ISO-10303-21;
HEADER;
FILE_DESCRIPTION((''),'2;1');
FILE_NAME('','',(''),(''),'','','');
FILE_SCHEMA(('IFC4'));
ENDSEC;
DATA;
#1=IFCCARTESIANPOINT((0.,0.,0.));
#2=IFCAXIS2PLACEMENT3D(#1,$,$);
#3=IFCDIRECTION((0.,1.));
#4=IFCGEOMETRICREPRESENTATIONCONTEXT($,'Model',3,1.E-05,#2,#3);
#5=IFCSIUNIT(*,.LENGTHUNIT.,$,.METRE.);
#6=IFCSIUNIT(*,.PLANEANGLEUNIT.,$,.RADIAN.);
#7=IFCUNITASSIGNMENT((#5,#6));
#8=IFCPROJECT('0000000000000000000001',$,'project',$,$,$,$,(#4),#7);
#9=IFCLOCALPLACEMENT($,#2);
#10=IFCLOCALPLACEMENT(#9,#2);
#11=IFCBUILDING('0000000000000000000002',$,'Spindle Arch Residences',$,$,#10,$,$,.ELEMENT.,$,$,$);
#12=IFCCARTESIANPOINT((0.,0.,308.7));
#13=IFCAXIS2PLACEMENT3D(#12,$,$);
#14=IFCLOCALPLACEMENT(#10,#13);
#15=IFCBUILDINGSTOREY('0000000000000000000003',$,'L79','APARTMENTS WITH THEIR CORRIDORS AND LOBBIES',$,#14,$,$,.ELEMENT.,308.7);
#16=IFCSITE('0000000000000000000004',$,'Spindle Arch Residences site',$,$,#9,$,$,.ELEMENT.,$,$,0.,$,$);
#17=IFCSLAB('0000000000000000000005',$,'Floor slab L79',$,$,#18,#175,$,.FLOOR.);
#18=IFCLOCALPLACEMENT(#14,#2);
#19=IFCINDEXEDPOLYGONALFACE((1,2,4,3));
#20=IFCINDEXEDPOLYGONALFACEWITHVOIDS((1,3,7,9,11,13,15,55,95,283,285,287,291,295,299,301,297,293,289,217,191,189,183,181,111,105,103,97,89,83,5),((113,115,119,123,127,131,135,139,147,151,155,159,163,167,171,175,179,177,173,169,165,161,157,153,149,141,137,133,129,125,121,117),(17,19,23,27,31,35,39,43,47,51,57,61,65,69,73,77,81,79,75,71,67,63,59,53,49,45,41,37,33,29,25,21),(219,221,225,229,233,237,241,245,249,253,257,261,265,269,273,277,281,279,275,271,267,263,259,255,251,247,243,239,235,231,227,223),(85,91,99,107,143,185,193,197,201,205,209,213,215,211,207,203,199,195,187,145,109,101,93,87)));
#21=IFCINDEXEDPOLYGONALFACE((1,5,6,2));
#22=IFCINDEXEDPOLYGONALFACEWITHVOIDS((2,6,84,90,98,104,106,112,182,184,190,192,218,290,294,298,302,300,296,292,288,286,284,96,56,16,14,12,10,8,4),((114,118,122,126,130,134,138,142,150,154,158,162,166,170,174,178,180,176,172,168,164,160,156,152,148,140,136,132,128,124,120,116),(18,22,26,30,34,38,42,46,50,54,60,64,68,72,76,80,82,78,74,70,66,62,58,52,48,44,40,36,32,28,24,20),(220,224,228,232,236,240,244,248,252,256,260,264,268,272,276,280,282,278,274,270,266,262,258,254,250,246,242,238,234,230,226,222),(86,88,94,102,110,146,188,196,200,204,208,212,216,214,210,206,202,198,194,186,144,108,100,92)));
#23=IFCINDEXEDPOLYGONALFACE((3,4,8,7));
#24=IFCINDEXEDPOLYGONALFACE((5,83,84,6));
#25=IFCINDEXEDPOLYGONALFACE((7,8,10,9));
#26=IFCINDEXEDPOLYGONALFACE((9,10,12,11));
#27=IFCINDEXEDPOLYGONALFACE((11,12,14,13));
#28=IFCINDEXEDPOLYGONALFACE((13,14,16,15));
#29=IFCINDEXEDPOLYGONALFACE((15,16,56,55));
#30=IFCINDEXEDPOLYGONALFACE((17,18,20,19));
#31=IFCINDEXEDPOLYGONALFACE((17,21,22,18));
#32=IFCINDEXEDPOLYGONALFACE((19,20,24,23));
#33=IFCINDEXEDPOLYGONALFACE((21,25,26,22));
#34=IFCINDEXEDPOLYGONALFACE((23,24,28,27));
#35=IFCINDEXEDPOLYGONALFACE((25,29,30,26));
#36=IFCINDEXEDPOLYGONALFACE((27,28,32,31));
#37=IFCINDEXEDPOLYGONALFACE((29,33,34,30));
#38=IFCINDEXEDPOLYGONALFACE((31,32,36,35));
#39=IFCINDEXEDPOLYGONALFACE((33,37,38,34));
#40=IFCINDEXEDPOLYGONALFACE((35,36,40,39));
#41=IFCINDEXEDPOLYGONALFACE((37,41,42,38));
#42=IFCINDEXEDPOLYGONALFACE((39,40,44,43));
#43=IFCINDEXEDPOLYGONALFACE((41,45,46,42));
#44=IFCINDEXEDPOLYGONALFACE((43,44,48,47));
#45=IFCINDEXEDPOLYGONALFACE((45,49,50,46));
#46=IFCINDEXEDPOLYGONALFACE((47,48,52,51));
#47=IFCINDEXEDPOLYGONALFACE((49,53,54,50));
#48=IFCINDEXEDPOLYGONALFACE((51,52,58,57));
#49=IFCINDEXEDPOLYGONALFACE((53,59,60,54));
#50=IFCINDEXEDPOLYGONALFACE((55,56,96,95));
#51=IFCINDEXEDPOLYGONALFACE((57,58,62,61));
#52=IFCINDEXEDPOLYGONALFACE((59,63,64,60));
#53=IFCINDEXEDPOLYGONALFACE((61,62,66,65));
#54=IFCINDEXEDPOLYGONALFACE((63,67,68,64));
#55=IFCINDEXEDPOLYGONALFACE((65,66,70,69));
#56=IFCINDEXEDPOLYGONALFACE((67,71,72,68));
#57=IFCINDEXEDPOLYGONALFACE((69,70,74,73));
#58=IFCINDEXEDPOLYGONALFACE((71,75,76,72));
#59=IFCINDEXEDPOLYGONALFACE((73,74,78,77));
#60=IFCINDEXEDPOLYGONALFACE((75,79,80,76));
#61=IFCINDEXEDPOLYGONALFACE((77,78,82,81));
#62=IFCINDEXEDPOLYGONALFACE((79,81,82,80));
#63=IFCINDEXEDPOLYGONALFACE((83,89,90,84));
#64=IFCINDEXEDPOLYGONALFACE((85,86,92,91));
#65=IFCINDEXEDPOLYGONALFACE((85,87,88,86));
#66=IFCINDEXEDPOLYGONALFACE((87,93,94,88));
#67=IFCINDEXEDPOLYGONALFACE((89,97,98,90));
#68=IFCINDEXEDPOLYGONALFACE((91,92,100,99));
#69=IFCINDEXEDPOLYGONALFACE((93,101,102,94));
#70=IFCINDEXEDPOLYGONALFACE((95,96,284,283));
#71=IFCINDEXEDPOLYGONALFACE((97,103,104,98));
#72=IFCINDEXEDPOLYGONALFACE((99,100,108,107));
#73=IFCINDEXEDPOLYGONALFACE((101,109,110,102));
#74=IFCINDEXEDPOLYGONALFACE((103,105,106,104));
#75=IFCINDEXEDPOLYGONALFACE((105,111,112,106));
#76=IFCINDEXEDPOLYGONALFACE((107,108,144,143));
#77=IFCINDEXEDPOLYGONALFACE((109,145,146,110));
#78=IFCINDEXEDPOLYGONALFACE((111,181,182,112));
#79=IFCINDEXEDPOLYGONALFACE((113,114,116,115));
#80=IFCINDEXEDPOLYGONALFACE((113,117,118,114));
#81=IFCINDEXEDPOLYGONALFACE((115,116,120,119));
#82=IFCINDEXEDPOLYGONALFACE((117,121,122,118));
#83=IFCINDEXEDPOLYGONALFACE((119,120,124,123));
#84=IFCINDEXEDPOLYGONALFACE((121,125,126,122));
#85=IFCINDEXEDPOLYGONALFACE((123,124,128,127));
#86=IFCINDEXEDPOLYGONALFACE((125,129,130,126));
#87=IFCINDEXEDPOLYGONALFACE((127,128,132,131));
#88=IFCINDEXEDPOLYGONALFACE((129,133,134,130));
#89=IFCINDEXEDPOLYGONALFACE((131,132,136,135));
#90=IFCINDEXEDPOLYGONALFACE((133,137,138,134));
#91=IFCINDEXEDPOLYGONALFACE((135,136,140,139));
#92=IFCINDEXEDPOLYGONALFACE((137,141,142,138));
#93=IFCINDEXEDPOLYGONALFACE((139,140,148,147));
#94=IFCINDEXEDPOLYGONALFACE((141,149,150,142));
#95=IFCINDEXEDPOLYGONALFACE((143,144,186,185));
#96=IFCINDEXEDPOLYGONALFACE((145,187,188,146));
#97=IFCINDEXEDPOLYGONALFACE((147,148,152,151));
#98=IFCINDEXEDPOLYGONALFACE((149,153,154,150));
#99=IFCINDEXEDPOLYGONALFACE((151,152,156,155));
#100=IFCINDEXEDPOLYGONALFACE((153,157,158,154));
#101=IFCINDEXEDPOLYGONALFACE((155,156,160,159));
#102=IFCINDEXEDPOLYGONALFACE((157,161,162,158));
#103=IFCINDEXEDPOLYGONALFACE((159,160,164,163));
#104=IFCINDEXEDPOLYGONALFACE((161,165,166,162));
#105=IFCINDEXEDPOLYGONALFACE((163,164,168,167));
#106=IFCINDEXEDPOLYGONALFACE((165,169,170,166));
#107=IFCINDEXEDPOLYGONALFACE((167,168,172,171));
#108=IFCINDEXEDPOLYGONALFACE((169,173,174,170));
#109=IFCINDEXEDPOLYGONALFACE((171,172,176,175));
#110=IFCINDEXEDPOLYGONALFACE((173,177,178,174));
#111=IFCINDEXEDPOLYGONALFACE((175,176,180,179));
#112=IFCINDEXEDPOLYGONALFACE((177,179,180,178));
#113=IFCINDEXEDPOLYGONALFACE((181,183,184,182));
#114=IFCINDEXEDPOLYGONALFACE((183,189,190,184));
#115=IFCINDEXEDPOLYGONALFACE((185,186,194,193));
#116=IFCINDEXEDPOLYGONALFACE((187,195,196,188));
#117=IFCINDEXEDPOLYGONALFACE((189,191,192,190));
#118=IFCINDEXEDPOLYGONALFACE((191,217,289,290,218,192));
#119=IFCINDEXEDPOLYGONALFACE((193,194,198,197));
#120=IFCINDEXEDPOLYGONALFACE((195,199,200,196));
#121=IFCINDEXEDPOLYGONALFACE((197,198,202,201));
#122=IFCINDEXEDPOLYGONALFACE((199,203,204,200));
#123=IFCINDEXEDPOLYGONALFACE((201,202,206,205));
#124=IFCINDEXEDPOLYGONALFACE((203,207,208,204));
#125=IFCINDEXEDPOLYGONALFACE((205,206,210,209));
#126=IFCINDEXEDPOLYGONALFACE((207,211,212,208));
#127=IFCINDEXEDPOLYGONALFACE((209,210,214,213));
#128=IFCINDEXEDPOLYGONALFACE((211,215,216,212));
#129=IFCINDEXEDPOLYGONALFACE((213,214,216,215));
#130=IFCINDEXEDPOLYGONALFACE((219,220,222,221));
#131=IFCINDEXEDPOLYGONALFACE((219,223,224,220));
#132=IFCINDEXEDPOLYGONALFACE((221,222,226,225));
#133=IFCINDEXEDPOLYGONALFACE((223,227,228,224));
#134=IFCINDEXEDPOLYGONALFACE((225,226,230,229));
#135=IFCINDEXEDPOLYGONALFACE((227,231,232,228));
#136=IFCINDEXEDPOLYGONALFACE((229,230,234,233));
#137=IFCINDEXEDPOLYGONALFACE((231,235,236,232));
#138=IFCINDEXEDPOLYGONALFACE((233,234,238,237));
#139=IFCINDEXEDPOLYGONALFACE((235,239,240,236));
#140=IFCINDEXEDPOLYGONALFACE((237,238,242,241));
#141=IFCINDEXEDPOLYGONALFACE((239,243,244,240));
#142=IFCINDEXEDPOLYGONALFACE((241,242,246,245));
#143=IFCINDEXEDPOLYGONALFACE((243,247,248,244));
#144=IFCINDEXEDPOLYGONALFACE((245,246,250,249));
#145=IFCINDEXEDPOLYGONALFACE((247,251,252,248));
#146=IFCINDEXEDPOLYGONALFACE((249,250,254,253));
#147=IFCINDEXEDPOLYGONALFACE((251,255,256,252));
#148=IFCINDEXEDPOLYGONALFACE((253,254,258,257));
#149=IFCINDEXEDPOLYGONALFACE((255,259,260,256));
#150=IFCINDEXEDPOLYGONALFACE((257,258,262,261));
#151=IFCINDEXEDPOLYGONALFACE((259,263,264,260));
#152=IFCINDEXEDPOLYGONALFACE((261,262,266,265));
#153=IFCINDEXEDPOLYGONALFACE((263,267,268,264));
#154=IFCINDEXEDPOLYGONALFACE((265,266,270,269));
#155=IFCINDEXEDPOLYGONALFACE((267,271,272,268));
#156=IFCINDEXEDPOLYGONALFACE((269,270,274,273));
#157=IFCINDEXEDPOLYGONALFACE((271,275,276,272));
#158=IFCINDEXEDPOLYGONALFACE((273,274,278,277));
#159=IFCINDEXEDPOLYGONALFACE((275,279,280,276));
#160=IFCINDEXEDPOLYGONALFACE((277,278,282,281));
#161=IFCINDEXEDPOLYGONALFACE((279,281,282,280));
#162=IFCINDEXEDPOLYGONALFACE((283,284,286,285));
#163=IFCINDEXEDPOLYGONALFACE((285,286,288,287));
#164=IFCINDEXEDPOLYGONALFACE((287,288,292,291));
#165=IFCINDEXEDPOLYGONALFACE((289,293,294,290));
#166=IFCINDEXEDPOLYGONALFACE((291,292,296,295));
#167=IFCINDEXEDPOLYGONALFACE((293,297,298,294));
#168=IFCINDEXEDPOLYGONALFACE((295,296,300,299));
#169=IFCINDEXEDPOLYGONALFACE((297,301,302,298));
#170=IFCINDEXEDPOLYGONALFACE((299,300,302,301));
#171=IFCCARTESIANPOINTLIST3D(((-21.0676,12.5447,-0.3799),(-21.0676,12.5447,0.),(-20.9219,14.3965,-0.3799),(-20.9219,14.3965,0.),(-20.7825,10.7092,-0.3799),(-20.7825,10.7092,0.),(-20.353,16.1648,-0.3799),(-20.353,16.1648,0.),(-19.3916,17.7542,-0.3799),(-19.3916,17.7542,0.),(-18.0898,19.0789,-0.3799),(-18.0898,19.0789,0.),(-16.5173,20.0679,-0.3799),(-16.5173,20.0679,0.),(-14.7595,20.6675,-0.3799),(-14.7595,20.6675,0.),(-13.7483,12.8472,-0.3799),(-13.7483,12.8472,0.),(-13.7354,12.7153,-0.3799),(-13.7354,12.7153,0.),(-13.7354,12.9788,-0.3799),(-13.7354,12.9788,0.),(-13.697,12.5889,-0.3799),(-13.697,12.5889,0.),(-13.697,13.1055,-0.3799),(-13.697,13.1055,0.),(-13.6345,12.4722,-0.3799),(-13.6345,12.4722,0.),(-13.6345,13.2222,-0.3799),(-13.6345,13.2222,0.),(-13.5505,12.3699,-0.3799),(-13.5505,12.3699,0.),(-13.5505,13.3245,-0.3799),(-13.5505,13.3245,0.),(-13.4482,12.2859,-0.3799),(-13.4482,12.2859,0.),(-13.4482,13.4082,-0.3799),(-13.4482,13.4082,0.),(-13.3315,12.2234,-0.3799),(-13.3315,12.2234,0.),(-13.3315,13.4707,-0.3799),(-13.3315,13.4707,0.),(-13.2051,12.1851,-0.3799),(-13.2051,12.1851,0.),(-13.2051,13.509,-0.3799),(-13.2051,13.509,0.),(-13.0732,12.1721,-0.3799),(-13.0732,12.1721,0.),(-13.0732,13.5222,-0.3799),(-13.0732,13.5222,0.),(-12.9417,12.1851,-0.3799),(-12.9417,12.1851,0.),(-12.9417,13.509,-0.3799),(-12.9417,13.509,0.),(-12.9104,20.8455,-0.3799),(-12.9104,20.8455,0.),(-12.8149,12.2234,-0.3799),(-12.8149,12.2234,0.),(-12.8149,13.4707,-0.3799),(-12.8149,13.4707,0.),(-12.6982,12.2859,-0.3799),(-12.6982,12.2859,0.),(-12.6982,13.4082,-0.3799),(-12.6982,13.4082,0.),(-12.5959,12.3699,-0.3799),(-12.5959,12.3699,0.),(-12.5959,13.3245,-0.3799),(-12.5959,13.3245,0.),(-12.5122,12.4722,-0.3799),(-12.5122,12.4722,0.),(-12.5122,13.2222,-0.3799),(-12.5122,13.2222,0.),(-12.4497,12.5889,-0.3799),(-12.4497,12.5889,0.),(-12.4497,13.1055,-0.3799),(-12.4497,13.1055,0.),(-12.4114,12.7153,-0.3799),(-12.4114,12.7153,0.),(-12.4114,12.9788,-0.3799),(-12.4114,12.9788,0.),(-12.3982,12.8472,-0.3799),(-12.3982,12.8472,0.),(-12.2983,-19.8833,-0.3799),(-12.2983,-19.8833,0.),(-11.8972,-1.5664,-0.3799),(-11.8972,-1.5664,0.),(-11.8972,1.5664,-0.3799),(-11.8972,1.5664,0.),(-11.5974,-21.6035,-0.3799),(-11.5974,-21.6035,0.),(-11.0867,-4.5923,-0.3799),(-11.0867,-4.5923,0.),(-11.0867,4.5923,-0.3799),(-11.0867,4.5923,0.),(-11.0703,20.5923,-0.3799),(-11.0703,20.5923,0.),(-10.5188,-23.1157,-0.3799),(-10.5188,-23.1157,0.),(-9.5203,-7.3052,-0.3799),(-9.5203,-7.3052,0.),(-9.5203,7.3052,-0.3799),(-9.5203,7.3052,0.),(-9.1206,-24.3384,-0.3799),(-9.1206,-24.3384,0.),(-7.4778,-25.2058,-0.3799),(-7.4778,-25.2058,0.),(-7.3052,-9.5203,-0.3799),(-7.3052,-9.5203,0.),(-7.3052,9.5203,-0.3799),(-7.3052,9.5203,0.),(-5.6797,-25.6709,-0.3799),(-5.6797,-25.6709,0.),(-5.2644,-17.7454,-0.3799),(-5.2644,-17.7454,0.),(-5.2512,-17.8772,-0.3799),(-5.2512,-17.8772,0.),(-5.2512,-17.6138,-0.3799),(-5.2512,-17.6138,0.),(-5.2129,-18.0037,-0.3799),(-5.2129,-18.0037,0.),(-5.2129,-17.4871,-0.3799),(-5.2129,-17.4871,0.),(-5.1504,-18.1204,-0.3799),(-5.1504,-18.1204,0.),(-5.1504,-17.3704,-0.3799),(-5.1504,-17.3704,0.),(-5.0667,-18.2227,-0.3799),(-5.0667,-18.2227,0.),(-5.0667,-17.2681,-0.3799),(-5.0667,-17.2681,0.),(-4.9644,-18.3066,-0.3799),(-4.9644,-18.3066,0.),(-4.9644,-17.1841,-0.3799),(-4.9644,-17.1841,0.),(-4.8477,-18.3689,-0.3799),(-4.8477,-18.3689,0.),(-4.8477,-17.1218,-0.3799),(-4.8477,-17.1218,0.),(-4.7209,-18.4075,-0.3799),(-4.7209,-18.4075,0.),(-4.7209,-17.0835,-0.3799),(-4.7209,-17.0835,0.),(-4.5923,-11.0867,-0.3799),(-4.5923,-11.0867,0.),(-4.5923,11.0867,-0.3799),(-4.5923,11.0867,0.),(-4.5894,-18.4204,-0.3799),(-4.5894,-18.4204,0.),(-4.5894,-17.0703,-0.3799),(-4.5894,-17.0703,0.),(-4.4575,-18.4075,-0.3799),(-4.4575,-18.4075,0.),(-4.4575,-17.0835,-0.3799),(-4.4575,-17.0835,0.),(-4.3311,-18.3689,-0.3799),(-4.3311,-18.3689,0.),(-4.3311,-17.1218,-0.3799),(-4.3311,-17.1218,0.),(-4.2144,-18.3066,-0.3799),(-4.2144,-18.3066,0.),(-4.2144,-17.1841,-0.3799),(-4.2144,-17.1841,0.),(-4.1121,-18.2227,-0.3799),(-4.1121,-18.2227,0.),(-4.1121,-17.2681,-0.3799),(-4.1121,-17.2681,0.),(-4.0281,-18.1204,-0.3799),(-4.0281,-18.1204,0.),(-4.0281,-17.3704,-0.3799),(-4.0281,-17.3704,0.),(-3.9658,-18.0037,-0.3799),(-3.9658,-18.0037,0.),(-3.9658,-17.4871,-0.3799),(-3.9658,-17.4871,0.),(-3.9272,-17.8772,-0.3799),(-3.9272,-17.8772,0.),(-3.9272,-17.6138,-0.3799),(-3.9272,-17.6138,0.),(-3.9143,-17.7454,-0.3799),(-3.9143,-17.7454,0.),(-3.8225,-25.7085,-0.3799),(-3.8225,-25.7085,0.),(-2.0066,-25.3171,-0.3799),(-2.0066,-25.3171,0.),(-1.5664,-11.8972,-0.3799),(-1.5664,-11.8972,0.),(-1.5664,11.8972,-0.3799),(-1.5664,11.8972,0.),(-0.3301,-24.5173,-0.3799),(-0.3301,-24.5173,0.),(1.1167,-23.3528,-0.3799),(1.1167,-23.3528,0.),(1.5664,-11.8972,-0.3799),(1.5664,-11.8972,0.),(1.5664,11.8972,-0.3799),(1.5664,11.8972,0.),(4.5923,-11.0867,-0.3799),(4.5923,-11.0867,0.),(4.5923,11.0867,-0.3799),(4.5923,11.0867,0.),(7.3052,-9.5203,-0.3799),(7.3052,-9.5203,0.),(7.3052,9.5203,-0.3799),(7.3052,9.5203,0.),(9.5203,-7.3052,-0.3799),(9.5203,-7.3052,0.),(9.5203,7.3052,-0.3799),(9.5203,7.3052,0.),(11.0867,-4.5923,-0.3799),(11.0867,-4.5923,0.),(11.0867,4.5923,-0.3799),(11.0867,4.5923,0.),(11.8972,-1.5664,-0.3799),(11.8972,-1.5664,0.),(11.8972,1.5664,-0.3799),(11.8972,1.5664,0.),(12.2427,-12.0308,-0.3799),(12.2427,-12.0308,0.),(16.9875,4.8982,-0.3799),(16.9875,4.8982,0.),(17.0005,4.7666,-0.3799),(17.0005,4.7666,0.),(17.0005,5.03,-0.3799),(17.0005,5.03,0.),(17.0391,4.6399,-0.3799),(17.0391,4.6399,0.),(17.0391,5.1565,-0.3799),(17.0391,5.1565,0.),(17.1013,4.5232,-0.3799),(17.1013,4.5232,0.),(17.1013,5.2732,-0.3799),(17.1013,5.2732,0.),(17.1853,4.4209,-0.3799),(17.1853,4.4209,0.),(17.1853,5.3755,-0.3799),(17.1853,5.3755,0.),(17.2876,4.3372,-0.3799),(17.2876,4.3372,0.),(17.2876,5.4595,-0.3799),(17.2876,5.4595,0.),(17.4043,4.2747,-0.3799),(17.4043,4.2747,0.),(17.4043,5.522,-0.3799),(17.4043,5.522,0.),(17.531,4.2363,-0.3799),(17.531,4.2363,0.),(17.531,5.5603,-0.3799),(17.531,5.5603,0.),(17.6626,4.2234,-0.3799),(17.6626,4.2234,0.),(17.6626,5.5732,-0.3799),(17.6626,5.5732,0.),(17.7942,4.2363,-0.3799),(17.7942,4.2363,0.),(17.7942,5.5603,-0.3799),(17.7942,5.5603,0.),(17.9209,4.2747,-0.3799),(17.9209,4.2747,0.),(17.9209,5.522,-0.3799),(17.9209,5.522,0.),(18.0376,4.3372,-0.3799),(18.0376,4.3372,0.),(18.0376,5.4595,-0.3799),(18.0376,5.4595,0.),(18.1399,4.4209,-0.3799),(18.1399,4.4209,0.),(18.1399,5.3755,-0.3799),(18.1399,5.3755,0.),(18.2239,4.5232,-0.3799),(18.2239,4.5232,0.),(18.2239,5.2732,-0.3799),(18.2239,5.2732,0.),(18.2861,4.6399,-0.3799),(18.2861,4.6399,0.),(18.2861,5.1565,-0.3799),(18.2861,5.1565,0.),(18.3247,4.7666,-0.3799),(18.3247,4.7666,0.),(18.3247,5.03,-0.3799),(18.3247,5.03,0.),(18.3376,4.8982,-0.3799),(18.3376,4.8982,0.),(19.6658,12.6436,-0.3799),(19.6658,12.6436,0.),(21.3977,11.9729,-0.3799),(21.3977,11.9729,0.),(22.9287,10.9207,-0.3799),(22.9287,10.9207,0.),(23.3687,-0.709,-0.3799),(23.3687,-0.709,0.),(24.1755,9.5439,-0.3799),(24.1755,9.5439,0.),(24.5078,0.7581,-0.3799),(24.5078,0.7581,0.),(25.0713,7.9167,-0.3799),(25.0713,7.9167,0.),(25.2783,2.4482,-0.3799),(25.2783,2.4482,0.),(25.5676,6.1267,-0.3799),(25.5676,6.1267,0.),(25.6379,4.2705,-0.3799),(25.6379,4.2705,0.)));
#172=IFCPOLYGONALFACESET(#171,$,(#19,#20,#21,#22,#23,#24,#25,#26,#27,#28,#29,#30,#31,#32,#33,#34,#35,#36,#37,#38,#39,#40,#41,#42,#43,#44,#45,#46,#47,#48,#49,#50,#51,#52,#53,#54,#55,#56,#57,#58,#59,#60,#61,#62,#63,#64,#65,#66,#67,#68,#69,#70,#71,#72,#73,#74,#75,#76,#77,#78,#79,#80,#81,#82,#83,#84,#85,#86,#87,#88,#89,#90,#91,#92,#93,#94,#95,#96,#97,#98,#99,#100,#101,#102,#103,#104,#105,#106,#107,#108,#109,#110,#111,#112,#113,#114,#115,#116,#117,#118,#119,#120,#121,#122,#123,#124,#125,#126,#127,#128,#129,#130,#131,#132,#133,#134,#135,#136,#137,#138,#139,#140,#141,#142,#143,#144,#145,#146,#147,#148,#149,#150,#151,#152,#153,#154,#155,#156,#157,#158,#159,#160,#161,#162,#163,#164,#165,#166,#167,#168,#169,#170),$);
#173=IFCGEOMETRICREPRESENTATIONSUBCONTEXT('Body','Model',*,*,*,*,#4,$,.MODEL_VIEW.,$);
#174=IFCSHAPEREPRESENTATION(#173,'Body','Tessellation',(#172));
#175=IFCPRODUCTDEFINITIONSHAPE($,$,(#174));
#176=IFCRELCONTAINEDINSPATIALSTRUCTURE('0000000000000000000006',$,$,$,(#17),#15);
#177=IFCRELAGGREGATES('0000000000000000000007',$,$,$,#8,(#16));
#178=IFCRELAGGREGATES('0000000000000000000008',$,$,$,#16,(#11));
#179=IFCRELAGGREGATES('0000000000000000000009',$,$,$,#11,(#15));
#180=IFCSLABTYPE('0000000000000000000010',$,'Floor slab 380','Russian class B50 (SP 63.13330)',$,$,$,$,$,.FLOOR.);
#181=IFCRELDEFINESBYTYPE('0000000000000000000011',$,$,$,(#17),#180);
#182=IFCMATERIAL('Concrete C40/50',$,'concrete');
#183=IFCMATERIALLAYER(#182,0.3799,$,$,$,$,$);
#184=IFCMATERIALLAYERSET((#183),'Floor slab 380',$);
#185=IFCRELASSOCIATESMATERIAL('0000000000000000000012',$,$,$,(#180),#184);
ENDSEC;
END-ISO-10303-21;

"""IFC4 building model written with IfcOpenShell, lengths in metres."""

from ifc_helpers import new_model, si_unit, direction, frame, origin, place, context, subcontext, project, spatial, polyline, outline, extrude, material, layer, layer_set, type_object, element, save


model = new_model("IFC4")

# Units and contexts
model_context = context("Model", 3, precision=1e-05, world=origin(), true_north=direction((0.0, 1.0)))
body_context = subcontext(model_context, "Body", "Model", "MODEL_VIEW")
ifc_project = project(units=[si_unit("LENGTHUNIT", "METRE"), si_unit("PLANEANGLEUNIT", "RADIAN")], contexts=[model_context])

# Site, building, storey
site_placement = place(None, origin())
site = spatial("IfcSite", under=ifc_project, at=site_placement, Name="Spindle Arch Residences site", CompositionType="ELEMENT", RefElevation=0.0)
building_placement = place(site_placement, origin())
building = spatial("IfcBuilding", under=site, at=building_placement, Name="Spindle Arch Residences", CompositionType="ELEMENT")
storey_placement = place(building_placement, frame((0.0, 0.0, 308.7)))
storey = spatial("IfcBuildingStorey", under=building, at=storey_placement, Name="L79", Description="APARTMENTS WITH THEIR CORRIDORS AND LOBBIES", CompositionType="ELEMENT", Elevation=308.7)

# Slab
ifc_material_1 = material(Name="Concrete C40/50", Category="concrete")
ifc_layer_1 = layer(ifc_material_1, 0.3799)
ifc_layer_set_1 = layer_set([ifc_layer_1], Name="Floor slab 380")
slab_type_1 = type_object("IfcSlabType", Name="Floor slab 380", Description="Russian class B50 (SP 63.13330)", PredefinedType="FLOOR", material=ifc_layer_set_1)
slab_1_placement = place(storey_placement, frame((0.0, 0.0, -0.3799)))
element("IfcSlab", 1, at=slab_1_placement, inside=storey, type_object=slab_type_1, Name="Floor slab L79", PredefinedType="FLOOR", context=body_context, shape_type="SweptSolid", body=[
    extrude(outline(polyline([(-0.3301, -24.5173), (-2.0066, -25.3171), (-3.8225, -25.7085), (-5.6797, -25.6709), (-7.4778, -25.2058), (-9.1206, -24.3384), (-10.5188, -23.1157), (-11.5974, -21.6035), (-12.2983, -19.8833), (-20.7825, 10.7092), (-21.0676, 12.5447), (-20.9219, 14.3965), (-20.353, 16.1648), (-19.3916, 17.7542), (-18.0898, 19.0789), (-16.5173, 20.0679), (-14.7595, 20.6675), (-12.9104, 20.8455), (-11.0703, 20.5923), (19.6658, 12.6436), (21.3977, 11.9729), (22.9287, 10.9207), (24.1755, 9.5439), (25.0713, 7.9167), (25.5676, 6.1267), (25.6379, 4.2705), (25.2783, 2.4482), (24.5078, 0.7581), (23.3687, -0.709), (12.2427, -12.0308), (1.1167, -23.3528), (-0.3301, -24.5173)]), holes=[polyline([(7.3052, -9.5203), (9.5203, -7.3052), (11.0867, -4.5923), (11.8972, -1.5664), (11.8972, 1.5664), (11.0867, 4.5923), (9.5203, 7.3052), (7.3052, 9.5203), (4.5923, 11.0867), (1.5664, 11.8972), (-1.5664, 11.8972), (-4.5923, 11.0867), (-7.3052, 9.5203), (-9.5203, 7.3052), (-11.0867, 4.5923), (-11.8972, 1.5664), (-11.8972, -1.5664), (-11.0867, -4.5923), (-9.5203, -7.3052), (-7.3052, -9.5203), (-4.5923, -11.0867), (-1.5664, -11.8972), (1.5664, -11.8972), (4.5923, -11.0867), (7.3052, -9.5203)]), polyline([(-4.0281, -18.1204), (-3.9658, -18.0037), (-3.9272, -17.8772), (-3.9143, -17.7454), (-3.9272, -17.6138), (-3.9658, -17.4871), (-4.0281, -17.3704), (-4.1121, -17.2681), (-4.2144, -17.1841), (-4.3311, -17.1218), (-4.4575, -17.0835), (-4.5894, -17.0703), (-4.7209, -17.0835), (-4.8477, -17.1218), (-4.9644, -17.1841), (-5.0667, -17.2681), (-5.1504, -17.3704), (-5.2129, -17.4871), (-5.2512, -17.6138), (-5.2644, -17.7454), (-5.2512, -17.8772), (-5.2129, -18.0037), (-5.1504, -18.1204), (-5.0667, -18.2227), (-4.9644, -18.3066), (-4.8477, -18.3689), (-4.7209, -18.4075), (-4.5894, -18.4204), (-4.4575, -18.4075), (-4.3311, -18.3689), (-4.2144, -18.3066), (-4.1121, -18.2227), (-4.0281, -18.1204)]), polyline([(-12.5959, 12.3699), (-12.5122, 12.4722), (-12.4497, 12.5889), (-12.4114, 12.7153), (-12.3982, 12.8472), (-12.4114, 12.9788), (-12.4497, 13.1055), (-12.5122, 13.2222), (-12.5959, 13.3245), (-12.6982, 13.4082), (-12.8149, 13.4707), (-12.9417, 13.509), (-13.0732, 13.5222), (-13.2051, 13.509), (-13.3315, 13.4707), (-13.4482, 13.4082), (-13.5505, 13.3245), (-13.6345, 13.2222), (-13.697, 13.1055), (-13.7354, 12.9788), (-13.7483, 12.8472), (-13.7354, 12.7153), (-13.697, 12.5889), (-13.6345, 12.4722), (-13.5505, 12.3699), (-13.4482, 12.2859), (-13.3315, 12.2234), (-13.2051, 12.1851), (-13.0732, 12.1721), (-12.9417, 12.1851), (-12.8149, 12.2234), (-12.6982, 12.2859), (-12.5959, 12.3699)]), polyline([(18.1399, 4.4209), (18.2239, 4.5232), (18.2861, 4.6399), (18.3247, 4.7666), (18.3376, 4.8982), (18.3247, 5.03), (18.2861, 5.1565), (18.2239, 5.2732), (18.1399, 5.3755), (18.0376, 5.4595), (17.9209, 5.522), (17.7942, 5.5603), (17.6626, 5.5732), (17.531, 5.5603), (17.4043, 5.522), (17.2876, 5.4595), (17.1853, 5.3755), (17.1013, 5.2732), (17.0391, 5.1565), (17.0005, 5.03), (16.9875, 4.8982), (17.0005, 4.7666), (17.0391, 4.6399), (17.1013, 4.5232), (17.1853, 4.4209), (17.2876, 4.3372), (17.4043, 4.2747), (17.531, 4.2363), (17.6626, 4.2234), (17.7942, 4.2363), (17.9209, 4.2747), (18.0376, 4.3372), (18.1399, 4.4209)])]), origin(), (0.0, 0.0, 1.0), 0.3799),
])

save(model, "model.ifc")
